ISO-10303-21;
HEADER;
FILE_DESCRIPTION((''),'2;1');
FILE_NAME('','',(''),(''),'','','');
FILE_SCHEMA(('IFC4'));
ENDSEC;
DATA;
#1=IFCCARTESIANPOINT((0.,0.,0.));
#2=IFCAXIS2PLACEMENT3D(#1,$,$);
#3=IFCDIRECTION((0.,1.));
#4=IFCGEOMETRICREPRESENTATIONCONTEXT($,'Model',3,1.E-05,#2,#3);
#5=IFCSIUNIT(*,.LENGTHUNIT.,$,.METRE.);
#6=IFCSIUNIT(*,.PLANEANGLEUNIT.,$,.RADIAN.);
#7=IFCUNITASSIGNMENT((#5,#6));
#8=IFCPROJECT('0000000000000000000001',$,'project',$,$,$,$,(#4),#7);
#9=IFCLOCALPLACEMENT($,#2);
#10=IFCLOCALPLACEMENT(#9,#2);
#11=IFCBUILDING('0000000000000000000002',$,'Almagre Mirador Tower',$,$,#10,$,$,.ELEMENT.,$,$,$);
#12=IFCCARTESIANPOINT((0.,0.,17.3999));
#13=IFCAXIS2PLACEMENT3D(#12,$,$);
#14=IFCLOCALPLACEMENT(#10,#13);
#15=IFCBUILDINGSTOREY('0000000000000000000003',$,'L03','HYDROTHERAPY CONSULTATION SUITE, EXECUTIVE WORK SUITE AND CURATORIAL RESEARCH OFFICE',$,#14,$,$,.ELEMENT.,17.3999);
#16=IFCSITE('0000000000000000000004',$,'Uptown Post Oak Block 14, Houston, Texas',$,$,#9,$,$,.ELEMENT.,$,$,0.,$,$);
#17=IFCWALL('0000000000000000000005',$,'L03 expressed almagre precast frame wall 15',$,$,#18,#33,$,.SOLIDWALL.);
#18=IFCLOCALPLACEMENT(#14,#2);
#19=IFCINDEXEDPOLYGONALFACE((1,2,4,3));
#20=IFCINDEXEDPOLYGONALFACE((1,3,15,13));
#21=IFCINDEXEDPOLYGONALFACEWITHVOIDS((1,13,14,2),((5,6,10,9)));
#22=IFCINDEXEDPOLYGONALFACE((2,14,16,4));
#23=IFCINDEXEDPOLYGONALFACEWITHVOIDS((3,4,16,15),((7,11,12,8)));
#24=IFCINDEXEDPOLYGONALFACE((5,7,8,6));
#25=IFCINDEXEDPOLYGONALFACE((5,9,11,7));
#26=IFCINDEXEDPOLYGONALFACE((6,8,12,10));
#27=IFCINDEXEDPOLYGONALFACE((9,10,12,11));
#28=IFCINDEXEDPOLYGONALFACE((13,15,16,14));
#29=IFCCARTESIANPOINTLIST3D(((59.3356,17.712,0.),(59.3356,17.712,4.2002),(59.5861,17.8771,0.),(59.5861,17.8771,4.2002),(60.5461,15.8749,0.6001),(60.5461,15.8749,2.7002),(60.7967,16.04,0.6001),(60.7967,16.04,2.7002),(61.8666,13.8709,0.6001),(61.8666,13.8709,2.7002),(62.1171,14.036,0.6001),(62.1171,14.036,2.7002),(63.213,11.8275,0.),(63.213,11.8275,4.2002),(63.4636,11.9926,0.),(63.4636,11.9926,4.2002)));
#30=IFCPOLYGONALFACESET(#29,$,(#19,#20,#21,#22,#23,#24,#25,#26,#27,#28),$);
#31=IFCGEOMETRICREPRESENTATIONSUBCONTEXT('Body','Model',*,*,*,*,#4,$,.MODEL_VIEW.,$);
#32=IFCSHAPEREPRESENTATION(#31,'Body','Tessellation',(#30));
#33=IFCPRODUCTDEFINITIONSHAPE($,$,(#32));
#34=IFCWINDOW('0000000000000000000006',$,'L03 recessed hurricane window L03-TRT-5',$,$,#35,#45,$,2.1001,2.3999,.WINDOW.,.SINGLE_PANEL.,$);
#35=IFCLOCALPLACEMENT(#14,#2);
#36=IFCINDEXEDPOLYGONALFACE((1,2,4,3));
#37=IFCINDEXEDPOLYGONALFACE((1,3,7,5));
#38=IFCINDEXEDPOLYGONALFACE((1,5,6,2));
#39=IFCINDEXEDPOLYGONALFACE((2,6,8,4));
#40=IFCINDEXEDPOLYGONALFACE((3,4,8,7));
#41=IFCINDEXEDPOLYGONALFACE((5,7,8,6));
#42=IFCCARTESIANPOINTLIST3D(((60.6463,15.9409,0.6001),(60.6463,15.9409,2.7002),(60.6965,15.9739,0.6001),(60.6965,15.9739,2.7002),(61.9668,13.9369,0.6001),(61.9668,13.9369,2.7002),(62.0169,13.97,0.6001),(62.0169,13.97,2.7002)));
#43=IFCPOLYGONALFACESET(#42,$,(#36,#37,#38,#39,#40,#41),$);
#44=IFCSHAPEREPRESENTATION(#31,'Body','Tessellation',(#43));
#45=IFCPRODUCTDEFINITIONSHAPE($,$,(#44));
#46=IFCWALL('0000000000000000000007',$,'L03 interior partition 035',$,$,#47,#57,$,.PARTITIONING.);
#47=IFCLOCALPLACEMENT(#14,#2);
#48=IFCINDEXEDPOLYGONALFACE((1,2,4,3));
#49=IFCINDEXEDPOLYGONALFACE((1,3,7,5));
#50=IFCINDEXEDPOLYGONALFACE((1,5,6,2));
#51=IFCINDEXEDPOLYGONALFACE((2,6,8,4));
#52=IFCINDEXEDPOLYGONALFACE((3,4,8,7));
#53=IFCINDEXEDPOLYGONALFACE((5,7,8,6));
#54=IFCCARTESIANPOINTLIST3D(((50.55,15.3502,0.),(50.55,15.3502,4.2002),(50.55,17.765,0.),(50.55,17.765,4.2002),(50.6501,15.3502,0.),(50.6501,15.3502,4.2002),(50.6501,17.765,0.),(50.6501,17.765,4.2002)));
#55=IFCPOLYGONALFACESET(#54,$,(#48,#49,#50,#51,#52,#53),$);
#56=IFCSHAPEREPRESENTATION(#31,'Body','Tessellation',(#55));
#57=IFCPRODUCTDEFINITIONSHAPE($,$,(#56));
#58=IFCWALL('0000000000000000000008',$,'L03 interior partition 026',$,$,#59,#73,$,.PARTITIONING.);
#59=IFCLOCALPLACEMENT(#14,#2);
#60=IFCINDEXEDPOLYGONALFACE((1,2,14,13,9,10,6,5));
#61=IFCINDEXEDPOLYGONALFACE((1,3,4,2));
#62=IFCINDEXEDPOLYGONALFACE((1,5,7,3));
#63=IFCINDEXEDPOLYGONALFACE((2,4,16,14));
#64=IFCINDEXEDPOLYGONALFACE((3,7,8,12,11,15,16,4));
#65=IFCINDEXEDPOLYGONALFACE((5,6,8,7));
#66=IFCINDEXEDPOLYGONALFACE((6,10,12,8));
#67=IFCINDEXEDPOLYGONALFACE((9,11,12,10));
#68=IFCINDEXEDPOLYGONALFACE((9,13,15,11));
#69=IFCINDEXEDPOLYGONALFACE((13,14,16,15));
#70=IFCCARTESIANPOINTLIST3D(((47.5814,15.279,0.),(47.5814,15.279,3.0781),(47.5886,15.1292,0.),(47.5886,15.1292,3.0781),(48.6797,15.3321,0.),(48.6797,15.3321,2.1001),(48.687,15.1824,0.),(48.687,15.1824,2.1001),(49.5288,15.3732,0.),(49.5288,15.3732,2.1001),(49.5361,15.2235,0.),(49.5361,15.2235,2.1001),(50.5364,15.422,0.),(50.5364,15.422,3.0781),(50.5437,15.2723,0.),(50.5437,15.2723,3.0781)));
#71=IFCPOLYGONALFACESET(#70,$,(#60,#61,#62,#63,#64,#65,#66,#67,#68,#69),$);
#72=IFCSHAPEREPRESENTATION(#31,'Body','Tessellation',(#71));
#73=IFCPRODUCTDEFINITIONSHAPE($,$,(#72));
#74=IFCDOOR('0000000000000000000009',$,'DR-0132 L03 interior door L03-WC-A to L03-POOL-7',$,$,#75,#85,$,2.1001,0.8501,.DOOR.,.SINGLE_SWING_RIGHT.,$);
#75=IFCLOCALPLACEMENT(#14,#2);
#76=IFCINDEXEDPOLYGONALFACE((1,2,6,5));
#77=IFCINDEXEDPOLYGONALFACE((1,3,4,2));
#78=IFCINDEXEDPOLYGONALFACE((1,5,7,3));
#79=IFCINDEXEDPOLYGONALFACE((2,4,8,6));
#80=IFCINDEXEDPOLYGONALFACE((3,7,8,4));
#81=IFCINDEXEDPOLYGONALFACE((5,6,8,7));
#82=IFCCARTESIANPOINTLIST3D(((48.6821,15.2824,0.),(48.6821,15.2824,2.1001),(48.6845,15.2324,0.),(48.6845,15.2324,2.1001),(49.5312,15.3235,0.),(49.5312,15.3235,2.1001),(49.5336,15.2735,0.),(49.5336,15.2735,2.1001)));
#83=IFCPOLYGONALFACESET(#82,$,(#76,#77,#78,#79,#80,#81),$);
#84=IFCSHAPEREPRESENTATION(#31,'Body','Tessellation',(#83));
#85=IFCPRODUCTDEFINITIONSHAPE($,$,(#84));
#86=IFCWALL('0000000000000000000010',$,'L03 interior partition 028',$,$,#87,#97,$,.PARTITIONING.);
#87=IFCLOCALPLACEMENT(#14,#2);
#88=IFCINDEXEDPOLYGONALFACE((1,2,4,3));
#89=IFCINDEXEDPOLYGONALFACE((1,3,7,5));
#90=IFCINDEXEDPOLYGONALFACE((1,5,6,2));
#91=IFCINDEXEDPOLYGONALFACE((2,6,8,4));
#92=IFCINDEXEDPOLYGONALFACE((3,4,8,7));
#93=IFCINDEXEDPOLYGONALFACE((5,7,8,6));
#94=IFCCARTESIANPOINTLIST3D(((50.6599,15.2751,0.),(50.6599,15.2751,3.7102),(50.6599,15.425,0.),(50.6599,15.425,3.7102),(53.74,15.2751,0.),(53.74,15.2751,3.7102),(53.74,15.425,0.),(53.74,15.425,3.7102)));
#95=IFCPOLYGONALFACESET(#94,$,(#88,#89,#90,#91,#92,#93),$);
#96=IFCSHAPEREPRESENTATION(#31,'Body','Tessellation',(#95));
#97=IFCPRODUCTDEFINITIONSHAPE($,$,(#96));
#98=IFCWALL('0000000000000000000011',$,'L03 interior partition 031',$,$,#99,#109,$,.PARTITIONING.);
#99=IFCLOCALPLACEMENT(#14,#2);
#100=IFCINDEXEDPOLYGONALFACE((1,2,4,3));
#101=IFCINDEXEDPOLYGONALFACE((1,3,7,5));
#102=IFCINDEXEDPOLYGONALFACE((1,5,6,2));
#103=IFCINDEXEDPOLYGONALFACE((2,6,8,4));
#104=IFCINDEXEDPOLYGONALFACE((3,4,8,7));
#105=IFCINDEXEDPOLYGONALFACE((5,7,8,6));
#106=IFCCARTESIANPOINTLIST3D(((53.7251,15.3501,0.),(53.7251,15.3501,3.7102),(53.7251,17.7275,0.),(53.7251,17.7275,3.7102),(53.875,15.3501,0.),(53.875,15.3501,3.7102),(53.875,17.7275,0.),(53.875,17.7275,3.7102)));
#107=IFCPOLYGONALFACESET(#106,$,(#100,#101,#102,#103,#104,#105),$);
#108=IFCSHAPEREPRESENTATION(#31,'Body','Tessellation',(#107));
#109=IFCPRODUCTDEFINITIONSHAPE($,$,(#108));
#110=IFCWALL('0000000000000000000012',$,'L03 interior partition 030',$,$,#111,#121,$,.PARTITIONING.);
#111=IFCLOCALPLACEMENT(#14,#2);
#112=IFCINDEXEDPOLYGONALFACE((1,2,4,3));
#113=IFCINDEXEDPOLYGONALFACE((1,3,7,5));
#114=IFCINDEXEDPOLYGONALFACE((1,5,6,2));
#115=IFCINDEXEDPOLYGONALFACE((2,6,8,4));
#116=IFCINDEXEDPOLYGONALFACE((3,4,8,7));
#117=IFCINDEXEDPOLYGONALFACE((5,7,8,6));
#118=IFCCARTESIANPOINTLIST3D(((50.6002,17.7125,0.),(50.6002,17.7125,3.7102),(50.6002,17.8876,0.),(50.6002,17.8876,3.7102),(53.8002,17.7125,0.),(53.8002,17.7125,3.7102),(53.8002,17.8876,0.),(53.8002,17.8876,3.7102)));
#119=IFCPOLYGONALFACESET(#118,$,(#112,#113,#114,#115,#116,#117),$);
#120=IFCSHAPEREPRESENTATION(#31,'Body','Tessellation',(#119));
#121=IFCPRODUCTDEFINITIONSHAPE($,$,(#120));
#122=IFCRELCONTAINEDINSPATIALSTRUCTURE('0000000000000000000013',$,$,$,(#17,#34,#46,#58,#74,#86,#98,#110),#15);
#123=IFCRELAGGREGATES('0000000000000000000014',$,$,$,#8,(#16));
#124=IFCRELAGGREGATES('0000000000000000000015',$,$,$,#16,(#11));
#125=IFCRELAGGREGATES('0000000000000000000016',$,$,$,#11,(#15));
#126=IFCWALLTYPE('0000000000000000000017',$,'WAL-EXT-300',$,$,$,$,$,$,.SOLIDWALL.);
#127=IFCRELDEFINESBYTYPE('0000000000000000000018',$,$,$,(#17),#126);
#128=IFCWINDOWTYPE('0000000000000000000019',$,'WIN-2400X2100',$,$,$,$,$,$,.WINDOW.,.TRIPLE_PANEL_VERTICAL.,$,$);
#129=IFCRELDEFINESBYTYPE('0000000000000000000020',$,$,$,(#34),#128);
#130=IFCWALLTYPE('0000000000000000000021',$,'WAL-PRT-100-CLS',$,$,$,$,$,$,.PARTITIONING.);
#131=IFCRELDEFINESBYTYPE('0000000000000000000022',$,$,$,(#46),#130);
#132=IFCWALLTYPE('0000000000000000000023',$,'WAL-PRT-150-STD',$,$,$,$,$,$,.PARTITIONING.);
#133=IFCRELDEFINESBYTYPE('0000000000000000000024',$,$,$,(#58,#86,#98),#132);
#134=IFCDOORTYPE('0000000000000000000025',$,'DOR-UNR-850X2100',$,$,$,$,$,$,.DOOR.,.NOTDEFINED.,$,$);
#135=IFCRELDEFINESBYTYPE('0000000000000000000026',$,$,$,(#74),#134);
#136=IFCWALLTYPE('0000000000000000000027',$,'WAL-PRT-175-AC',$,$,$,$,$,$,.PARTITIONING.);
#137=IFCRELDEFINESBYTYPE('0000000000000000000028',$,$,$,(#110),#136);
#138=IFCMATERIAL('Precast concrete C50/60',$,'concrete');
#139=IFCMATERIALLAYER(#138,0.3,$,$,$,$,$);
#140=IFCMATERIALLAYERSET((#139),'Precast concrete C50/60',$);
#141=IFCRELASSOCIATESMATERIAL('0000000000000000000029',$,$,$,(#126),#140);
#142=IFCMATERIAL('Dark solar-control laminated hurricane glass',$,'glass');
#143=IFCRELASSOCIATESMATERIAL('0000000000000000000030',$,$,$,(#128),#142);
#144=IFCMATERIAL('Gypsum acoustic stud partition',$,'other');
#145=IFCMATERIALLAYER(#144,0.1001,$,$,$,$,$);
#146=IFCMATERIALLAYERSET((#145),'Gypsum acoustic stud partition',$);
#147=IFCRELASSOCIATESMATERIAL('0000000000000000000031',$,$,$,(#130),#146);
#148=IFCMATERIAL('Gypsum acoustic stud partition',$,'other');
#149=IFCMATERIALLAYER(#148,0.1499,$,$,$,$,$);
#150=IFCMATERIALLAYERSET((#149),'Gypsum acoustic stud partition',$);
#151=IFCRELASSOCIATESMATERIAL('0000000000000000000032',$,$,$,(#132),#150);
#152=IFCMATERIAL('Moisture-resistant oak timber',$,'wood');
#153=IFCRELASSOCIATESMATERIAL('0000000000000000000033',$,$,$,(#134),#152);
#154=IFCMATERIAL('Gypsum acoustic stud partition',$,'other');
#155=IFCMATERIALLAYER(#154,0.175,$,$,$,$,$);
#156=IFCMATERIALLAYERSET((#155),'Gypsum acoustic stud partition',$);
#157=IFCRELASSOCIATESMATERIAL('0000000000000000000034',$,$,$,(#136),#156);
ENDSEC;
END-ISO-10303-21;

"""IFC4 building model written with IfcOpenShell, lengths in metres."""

from ifc_helpers import new_model, si_unit, direction, frame, frame_2d, origin, place, context, subcontext, project, spatial, rectangle, extrude, material, layer, layer_set, type_object, element, fill, save


model = new_model("IFC4")

# Units and contexts
model_context = context("Model", 3, precision=1e-05, world=origin(), true_north=direction((0.0, 1.0)))
body_context = subcontext(model_context, "Body", "Model", "MODEL_VIEW")
ifc_project = project(units=[si_unit("LENGTHUNIT", "METRE"), si_unit("PLANEANGLEUNIT", "RADIAN")], contexts=[model_context])

# Site, building, storey
site_placement = place(None, origin())
site = spatial("IfcSite", under=ifc_project, at=site_placement, Name="Uptown Post Oak Block 14, Houston, Texas", CompositionType="ELEMENT", RefElevation=0.0)
building_placement = place(site_placement, origin())
building = spatial("IfcBuilding", under=site, at=building_placement, Name="Almagre Mirador Tower", CompositionType="ELEMENT")
storey_placement = place(building_placement, frame((0.0, 0.0, 17.3999)))
storey = spatial("IfcBuildingStorey", under=building, at=storey_placement, Name="L03", Description="HYDROTHERAPY CONSULTATION SUITE, EXECUTIVE WORK SUITE AND CURATORIAL RESEARCH OFFICE", CompositionType="ELEMENT", Elevation=17.3999)

# Wall, opening, window
ifc_material_1 = material(Name="Precast concrete C50/60", Category="concrete")
ifc_layer_1 = layer(ifc_material_1, 0.3)
ifc_layer_set_1 = layer_set([ifc_layer_1], Name="Precast concrete C50/60")
wall_type_1 = type_object("IfcWallType", Name="WAL-EXT-300", PredefinedType="SOLIDWALL", material=ifc_layer_set_1)
wall_1_placement = place(storey_placement, frame((59.4609, 17.7944, 0.0), z_axis=(0.0, 0.0, 1.0), x_axis=(0.550215, -0.835023, 0.0)))
wall_1 = element("IfcWall", 1, at=wall_1_placement, inside=storey, type_object=wall_type_1, Name="L03 expressed almagre precast frame wall 15", PredefinedType="SOLIDWALL", context=body_context, shape_type="SweptSolid", body=[
    extrude(rectangle(XDim=7.0471, YDim=0.3, at=frame_2d((3.5234, 0.0))), origin(), (0.0, 0.0, 1.0), 4.2002),
])
opening_1_placement = place(wall_1_placement, frame((2.2, 0.0, 0.6001)))
opening_1 = element("IfcOpeningElement", 2, at=opening_1_placement, cuts=wall_1, PredefinedType="OPENING", context=body_context, shape_type="SweptSolid", body=[
    extrude(rectangle(XDim=2.3999, YDim=2.1001, at=frame_2d((1.2, 1.05))), frame((0.0, 0.1599, 0.0), z_axis=(0.0, -1.0, 0.0), x_axis=(1.0, 0.0, 0.0)), (0.0, 0.0, 1.0), 0.32),
])
ifc_material_2 = material(Name="Dark solar-control laminated hurricane glass", Category="glass")
window_type_1 = type_object("IfcWindowType", Name="WIN-2400X2100", PartitioningType="TRIPLE_PANEL_VERTICAL", PredefinedType="WINDOW", material=ifc_material_2)
window_1_placement = place(opening_1_placement, origin())
window_1 = element("IfcWindow", 3, at=window_1_placement, inside=storey, type_object=window_type_1, Name="L03 recessed hurricane window L03-TRT-5", OverallHeight=2.1001, OverallWidth=2.3999, PartitioningType="SINGLE_PANEL", PredefinedType="WINDOW", context=body_context, shape_type="SweptSolid", body=[
    extrude(rectangle(XDim=2.3999, YDim=2.1001, at=frame_2d((1.2, 1.05))), frame((0.0, 0.03, 0.0), z_axis=(0.0, -1.0, 0.0), x_axis=(1.0, 0.0, 0.0)), (0.0, 0.0, 1.0), 0.0601),
])
fill(opening_1, window_1)

# Wall
ifc_material_3 = material(Name="Gypsum acoustic stud partition", Category="other")
ifc_layer_2 = layer(ifc_material_3, 0.1001)
ifc_layer_set_2 = layer_set([ifc_layer_2], Name="Gypsum acoustic stud partition")
wall_type_2 = type_object("IfcWallType", Name="WAL-PRT-100-CLS", PredefinedType="PARTITIONING", material=ifc_layer_set_2)
wall_2_placement = place(storey_placement, frame((50.6001, 15.3501, 0.0), z_axis=(0.0, 0.0, 1.0), x_axis=(0.0, 1.0, 0.0)))
element("IfcWall", 4, at=wall_2_placement, inside=storey, type_object=wall_type_2, Name="L03 interior partition 035", PredefinedType="PARTITIONING", context=body_context, shape_type="SweptSolid", body=[
    extrude(rectangle(XDim=2.4148, YDim=0.1001, at=frame_2d((1.2075, 0.0))), origin(), (0.0, 0.0, 1.0), 4.2002),
])

# Wall, opening, door
ifc_material_4 = material(Name="Gypsum acoustic stud partition", Category="other")
ifc_layer_3 = layer(ifc_material_4, 0.1499)
ifc_layer_set_3 = layer_set([ifc_layer_3], Name="Gypsum acoustic stud partition")
wall_type_3 = type_object("IfcWallType", Name="WAL-PRT-150-STD", PredefinedType="PARTITIONING", material=ifc_layer_set_3)
wall_3_placement = place(storey_placement, frame((50.54, 15.3472, 0.0), z_axis=(0.0, 0.0, 1.0), x_axis=(-0.99883, -0.048357, 0.0)))
wall_3 = element("IfcWall", 5, at=wall_3_placement, inside=storey, type_object=wall_type_3, Name="L03 interior partition 026", PredefinedType="PARTITIONING", context=body_context, shape_type="SweptSolid", body=[
    extrude(rectangle(XDim=2.9585, YDim=0.1499, at=frame_2d((1.4792, 0.0))), origin(), (0.0, 0.0, 1.0), 3.0781),
])
opening_2_placement = place(wall_3_placement, frame((1.0088, 0.0, 0.0)))
opening_2 = element("IfcOpeningElement", 6, at=opening_2_placement, cuts=wall_3, PredefinedType="OPENING", context=body_context, shape_type="SweptSolid", body=[
    extrude(rectangle(XDim=0.8501, YDim=2.1001, at=frame_2d((0.425, 1.05))), frame((0.0, 0.085, 0.0), z_axis=(0.0, -1.0, 0.0), x_axis=(1.0, 0.0, 0.0)), (0.0, 0.0, 1.0), 0.1699),
])
ifc_material_5 = material(Name="Moisture-resistant oak timber", Category="wood")
door_type = type_object("IfcDoorType", Name="DOR-UNR-850X2100", OperationType="NOTDEFINED", PredefinedType="DOOR", material=ifc_material_5)
door_placement = place(opening_2_placement, origin())
door = element("IfcDoor", 7, at=door_placement, inside=storey, type_object=door_type, Name="DR-0132 L03 interior door L03-WC-A to L03-POOL-7", OperationType="SINGLE_SWING_RIGHT", OverallHeight=2.1001, OverallWidth=0.8501, PredefinedType="DOOR", context=body_context, shape_type="SweptSolid", body=[
    extrude(rectangle(XDim=0.8501, YDim=2.1001, at=frame_2d((0.425, 1.05))), frame((0.0, 0.0249, 0.0), z_axis=(0.0, -1.0, 0.0), x_axis=(1.0, 0.0, 0.0)), (0.0, 0.0, 1.0), 0.05),
])
fill(opening_2, door)

# Walls
wall_4_placement = place(storey_placement, frame((53.74, 15.3501, 0.0), z_axis=(0.0, 0.0, 1.0), x_axis=(-1.0, 0.0, 0.0)))
element("IfcWall", 8, at=wall_4_placement, inside=storey, type_object=wall_type_3, Name="L03 interior partition 028", PredefinedType="PARTITIONING", context=body_context, shape_type="SweptSolid", body=[
    extrude(rectangle(XDim=3.0801, YDim=0.1499, at=frame_2d((1.54, 0.0))), origin(), (0.0, 0.0, 1.0), 3.7102),
])
wall_5_placement = place(storey_placement, frame((53.8, 17.7275, 0.0), z_axis=(0.0, 0.0, 1.0), x_axis=(0.0, -1.0, 0.0)))
element("IfcWall", 9, at=wall_5_placement, inside=storey, type_object=wall_type_3, Name="L03 interior partition 031", PredefinedType="PARTITIONING", context=body_context, shape_type="SweptSolid", body=[
    extrude(rectangle(XDim=2.3774, YDim=0.1499, at=frame_2d((1.1887, 0.0))), origin(), (0.0, 0.0, 1.0), 3.7102),
])
ifc_material_6 = material(Name="Gypsum acoustic stud partition", Category="other")
ifc_layer_4 = layer(ifc_material_6, 0.175)
ifc_layer_set_4 = layer_set([ifc_layer_4], Name="Gypsum acoustic stud partition")
wall_type_4 = type_object("IfcWallType", Name="WAL-PRT-175-AC", PredefinedType="PARTITIONING", material=ifc_layer_set_4)
wall_6_placement = place(storey_placement, frame((50.6001, 17.8, 0.0), z_axis=(0.0, 0.0, 1.0), x_axis=(1.0, 0.0, 0.0)))
element("IfcWall", 10, at=wall_6_placement, inside=storey, type_object=wall_type_4, Name="L03 interior partition 030", PredefinedType="PARTITIONING", context=body_context, shape_type="SweptSolid", body=[
    extrude(rectangle(XDim=3.2, YDim=0.175, at=frame_2d((1.6001, 0.0))), origin(), (0.0, 0.0, 1.0), 3.7102),
])

save(model, "model.ifc")
